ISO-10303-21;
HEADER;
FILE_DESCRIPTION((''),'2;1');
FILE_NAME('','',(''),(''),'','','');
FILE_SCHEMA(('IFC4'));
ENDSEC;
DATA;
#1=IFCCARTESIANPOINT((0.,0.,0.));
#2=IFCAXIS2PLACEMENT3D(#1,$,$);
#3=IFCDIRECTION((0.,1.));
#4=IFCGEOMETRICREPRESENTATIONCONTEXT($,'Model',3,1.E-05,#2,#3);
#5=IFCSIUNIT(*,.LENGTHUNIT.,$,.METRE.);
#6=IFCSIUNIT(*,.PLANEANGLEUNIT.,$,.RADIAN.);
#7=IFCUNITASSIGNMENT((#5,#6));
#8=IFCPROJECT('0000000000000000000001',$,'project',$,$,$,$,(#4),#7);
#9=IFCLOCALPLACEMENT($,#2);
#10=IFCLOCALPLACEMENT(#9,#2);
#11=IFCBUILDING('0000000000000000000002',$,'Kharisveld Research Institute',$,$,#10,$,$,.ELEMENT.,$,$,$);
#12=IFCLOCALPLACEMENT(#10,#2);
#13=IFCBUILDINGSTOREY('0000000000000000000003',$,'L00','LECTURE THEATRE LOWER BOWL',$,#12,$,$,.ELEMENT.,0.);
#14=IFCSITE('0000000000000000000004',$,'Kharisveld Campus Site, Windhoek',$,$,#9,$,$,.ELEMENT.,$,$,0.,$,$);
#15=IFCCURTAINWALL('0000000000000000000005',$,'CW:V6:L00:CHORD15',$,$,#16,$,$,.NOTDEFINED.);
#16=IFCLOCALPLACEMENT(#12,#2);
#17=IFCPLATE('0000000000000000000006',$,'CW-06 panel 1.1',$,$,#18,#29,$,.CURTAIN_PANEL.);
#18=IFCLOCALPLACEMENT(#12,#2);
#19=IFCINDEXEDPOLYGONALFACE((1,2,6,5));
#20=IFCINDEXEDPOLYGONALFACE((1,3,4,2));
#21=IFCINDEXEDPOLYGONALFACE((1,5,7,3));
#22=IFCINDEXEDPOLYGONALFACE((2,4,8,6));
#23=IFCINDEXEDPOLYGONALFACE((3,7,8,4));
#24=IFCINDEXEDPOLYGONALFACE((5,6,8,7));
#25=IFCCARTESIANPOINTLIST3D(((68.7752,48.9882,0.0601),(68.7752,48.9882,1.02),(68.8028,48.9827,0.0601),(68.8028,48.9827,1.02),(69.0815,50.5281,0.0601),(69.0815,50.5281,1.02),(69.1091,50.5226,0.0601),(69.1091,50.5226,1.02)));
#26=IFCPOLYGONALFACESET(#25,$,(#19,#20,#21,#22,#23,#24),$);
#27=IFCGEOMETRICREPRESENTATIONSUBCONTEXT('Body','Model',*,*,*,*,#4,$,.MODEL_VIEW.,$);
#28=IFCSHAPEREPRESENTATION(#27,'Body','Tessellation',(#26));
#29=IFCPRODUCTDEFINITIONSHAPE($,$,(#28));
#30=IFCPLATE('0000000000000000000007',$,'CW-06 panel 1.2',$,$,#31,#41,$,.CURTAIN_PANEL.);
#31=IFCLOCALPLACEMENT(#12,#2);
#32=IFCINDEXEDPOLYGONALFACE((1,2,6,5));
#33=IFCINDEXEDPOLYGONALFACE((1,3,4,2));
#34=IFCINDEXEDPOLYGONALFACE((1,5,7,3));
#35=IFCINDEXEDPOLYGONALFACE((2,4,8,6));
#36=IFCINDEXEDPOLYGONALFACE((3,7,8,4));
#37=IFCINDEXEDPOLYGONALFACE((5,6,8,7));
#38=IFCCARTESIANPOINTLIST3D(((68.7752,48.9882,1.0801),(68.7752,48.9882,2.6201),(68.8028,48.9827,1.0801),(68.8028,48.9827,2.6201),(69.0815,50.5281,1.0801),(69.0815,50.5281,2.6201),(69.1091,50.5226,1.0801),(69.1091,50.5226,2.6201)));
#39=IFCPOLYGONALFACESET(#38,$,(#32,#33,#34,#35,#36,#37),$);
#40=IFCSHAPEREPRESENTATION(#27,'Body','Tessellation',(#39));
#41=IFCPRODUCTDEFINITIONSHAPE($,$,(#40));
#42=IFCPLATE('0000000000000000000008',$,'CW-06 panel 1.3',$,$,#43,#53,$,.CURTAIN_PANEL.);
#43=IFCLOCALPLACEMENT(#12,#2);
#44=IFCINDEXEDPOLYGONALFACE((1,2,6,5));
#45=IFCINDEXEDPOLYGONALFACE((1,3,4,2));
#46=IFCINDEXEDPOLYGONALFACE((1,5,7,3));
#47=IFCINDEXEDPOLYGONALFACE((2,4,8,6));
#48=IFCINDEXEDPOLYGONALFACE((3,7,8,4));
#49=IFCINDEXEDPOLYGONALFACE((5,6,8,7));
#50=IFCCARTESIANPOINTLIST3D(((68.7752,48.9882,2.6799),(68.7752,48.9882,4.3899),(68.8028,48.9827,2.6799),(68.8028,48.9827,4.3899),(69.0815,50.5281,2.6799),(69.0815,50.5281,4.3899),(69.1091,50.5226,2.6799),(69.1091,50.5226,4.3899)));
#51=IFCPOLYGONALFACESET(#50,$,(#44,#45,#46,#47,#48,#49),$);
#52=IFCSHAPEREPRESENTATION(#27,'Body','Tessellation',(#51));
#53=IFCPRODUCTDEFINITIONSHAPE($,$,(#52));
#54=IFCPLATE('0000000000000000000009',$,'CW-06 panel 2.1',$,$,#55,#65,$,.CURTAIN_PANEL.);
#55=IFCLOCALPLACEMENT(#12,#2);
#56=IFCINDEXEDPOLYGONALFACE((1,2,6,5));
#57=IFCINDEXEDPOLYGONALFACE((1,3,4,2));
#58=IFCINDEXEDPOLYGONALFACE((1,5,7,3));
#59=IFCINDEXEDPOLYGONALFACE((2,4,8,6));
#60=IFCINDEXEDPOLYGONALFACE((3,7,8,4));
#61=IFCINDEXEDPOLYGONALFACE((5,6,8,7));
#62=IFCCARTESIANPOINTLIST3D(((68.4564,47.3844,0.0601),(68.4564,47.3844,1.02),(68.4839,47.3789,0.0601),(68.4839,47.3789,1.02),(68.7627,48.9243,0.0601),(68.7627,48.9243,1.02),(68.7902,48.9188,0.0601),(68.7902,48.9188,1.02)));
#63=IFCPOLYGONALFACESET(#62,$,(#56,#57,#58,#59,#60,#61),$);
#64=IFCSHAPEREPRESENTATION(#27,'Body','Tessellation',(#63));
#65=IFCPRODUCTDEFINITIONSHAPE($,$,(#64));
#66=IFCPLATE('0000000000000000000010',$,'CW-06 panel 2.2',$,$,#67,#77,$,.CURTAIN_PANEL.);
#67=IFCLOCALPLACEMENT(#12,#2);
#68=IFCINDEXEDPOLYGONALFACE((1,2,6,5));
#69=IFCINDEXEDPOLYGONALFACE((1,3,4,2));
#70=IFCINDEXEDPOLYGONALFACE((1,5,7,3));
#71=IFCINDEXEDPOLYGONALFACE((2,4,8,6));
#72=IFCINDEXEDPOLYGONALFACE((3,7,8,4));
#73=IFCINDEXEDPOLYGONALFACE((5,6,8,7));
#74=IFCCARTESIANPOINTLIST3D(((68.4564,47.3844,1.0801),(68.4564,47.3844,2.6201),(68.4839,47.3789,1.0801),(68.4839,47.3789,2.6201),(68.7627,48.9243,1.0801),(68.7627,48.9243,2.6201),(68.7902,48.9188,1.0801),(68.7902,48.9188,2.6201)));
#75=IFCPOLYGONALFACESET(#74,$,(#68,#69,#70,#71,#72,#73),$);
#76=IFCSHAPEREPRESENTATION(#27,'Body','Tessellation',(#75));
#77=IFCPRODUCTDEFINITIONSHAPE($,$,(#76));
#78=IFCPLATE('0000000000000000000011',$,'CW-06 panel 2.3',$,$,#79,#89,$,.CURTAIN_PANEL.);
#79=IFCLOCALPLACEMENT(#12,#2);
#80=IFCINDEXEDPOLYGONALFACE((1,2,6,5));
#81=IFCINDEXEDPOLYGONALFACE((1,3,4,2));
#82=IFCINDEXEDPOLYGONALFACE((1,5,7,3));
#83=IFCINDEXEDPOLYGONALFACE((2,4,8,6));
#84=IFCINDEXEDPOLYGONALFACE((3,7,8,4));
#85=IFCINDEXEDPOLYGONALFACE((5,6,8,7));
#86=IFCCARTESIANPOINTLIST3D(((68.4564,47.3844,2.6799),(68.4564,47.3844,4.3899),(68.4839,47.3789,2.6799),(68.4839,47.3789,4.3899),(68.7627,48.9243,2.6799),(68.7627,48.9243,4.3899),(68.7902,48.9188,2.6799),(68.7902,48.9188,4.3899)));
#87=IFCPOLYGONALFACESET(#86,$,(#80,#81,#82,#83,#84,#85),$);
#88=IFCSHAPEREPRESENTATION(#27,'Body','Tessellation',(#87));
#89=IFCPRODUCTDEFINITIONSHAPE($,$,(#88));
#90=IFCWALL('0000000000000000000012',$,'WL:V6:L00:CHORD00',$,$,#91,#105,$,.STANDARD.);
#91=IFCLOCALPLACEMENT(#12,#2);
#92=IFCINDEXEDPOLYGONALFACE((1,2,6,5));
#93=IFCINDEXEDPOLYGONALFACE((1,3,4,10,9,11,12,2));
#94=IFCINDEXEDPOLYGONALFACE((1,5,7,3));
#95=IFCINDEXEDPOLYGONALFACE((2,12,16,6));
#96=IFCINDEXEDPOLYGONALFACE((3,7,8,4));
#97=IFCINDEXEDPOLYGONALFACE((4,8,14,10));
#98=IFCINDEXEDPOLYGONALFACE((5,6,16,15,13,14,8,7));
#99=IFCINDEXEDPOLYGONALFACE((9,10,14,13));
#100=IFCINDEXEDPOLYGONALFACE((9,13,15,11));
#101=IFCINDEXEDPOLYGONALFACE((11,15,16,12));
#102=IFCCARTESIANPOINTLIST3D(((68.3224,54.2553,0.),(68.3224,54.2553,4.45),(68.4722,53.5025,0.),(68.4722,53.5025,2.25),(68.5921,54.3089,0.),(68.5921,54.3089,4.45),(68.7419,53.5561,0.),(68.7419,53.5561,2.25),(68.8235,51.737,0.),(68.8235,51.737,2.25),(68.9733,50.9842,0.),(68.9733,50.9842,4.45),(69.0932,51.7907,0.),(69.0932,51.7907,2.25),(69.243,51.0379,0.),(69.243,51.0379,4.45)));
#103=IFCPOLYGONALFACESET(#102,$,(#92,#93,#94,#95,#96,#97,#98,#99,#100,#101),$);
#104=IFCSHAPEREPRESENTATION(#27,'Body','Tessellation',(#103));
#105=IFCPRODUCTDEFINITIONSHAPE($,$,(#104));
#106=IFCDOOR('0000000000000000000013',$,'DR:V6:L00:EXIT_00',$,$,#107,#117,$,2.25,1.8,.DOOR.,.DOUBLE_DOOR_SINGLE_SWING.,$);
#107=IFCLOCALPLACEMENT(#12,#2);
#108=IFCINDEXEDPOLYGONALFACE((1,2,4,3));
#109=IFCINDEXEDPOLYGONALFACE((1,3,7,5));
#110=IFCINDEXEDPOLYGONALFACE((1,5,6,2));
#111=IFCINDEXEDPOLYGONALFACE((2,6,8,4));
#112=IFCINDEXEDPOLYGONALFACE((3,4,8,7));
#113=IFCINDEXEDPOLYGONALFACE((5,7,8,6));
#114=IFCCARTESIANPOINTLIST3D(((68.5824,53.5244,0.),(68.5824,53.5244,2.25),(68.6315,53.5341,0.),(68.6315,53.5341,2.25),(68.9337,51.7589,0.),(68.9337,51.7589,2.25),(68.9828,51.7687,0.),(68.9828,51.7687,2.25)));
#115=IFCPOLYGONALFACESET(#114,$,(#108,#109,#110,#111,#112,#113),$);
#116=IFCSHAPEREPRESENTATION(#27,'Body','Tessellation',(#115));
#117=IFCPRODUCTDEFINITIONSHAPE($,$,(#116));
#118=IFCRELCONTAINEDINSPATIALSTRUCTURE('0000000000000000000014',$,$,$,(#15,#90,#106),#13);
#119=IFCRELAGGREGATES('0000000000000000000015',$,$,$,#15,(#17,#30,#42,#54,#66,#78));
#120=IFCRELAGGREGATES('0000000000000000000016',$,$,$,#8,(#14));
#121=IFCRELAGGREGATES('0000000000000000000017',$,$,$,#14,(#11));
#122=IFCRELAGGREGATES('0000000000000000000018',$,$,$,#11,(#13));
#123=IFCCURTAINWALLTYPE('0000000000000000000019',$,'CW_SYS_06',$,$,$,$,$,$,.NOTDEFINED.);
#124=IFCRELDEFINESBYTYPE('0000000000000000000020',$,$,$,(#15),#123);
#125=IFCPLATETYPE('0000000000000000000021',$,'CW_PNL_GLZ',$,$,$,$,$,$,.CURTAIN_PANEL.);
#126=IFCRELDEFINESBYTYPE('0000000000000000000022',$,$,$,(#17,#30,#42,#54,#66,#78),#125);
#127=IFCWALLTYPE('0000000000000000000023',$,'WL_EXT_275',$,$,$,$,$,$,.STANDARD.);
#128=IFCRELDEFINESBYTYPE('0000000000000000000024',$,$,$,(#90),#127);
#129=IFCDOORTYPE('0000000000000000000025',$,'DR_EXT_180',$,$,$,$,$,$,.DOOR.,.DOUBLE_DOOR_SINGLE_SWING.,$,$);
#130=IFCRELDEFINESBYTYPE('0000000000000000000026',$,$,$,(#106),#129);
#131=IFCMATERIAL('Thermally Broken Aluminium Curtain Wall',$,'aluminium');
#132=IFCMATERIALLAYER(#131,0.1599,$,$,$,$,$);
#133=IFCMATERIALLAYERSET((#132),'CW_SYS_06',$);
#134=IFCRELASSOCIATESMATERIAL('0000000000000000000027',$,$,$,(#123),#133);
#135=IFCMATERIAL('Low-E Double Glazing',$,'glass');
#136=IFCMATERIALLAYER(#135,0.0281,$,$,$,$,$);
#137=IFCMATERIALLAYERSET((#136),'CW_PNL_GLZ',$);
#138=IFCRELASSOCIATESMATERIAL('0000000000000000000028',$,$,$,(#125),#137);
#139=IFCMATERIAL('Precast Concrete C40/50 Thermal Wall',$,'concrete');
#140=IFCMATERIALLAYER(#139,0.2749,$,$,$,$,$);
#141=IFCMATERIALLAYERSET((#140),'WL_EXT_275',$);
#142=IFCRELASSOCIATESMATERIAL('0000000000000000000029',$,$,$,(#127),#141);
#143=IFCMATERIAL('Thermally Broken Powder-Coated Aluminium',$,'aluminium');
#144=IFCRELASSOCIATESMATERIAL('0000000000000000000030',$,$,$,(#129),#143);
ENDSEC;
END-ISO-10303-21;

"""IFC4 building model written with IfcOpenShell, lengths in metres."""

from ifc_helpers import new_model, si_unit, direction, frame, frame_2d, origin, origin_2d, place, context, subcontext, project, spatial, rectangle, extrude, material, layer, layer_set, type_object, element, fill, aggregate, save


model = new_model("IFC4")

# Units and contexts
model_context = context("Model", 3, precision=1e-05, world=origin(), true_north=direction((0.0, 1.0)))
body_context = subcontext(model_context, "Body", "Model", "MODEL_VIEW")
ifc_project = project(units=[si_unit("LENGTHUNIT", "METRE"), si_unit("PLANEANGLEUNIT", "RADIAN")], contexts=[model_context])

# Site, building, storey
site_placement = place(None, origin())
site = spatial("IfcSite", under=ifc_project, at=site_placement, Name="Kharisveld Campus Site, Windhoek", CompositionType="ELEMENT", RefElevation=0.0)
building_placement = place(site_placement, origin())
building = spatial("IfcBuilding", under=site, at=building_placement, Name="Kharisveld Research Institute", CompositionType="ELEMENT")
storey_placement = place(building_placement, origin())
storey = spatial("IfcBuildingStorey", under=building, at=storey_placement, Name="L00", Description="LECTURE THEATRE LOWER BOWL", CompositionType="ELEMENT", Elevation=0.0)

# Curtain wall, plates
ifc_material_1 = material(Name="Thermally Broken Aluminium Curtain Wall", Category="aluminium")
ifc_layer_1 = layer(ifc_material_1, 0.1599)
ifc_layer_set_1 = layer_set([ifc_layer_1], Name="CW_SYS_06")
curtain_wall_type = type_object("IfcCurtainWallType", Name="CW_SYS_06", PredefinedType="NOTDEFINED", material=ifc_layer_set_1)
curtain_wall_placement = place(storey_placement, origin())
curtain_wall = element("IfcCurtainWall", 1, at=curtain_wall_placement, inside=storey, type_object=curtain_wall_type, Name="CW:V6:L00:CHORD15", PredefinedType="NOTDEFINED")
ifc_material_2 = material(Name="Low-E Double Glazing", Category="glass")
ifc_layer_2 = layer(ifc_material_2, 0.0281)
ifc_layer_set_2 = layer_set([ifc_layer_2], Name="CW_PNL_GLZ")
plate_type = type_object("IfcPlateType", Name="CW_PNL_GLZ", PredefinedType="CURTAIN_PANEL", material=ifc_layer_set_2)
plate_1_placement = place(storey_placement, frame((68.9421, 49.7554, 0.0601), z_axis=(0.0, 0.0, 1.0), x_axis=(-0.195091, -0.980785, 0.0)))
plate_1 = element("IfcPlate", 2, at=plate_1_placement, type_object=plate_type, Name="CW-06 panel 1.1", PredefinedType="CURTAIN_PANEL", context=body_context, shape_type="SweptSolid", body=[
    extrude(rectangle(XDim=1.5701, YDim=0.0281, at=origin_2d()), origin(), (0.0, 0.0, 1.0), 0.96),
])
plate_2_placement = place(storey_placement, frame((68.9421, 49.7554, 1.0801), z_axis=(0.0, 0.0, 1.0), x_axis=(-0.195091, -0.980785, 0.0)))
plate_2 = element("IfcPlate", 3, at=plate_2_placement, type_object=plate_type, Name="CW-06 panel 1.2", PredefinedType="CURTAIN_PANEL", context=body_context, shape_type="SweptSolid", body=[
    extrude(rectangle(XDim=1.5701, YDim=0.0281, at=origin_2d()), origin(), (0.0, 0.0, 1.0), 1.54),
])
plate_3_placement = place(storey_placement, frame((68.9421, 49.7554, 2.6799), z_axis=(0.0, 0.0, 1.0), x_axis=(-0.195091, -0.980785, 0.0)))
plate_3 = element("IfcPlate", 4, at=plate_3_placement, type_object=plate_type, Name="CW-06 panel 1.3", PredefinedType="CURTAIN_PANEL", context=body_context, shape_type="SweptSolid", body=[
    extrude(rectangle(XDim=1.5701, YDim=0.0281, at=origin_2d()), origin(), (0.0, 0.0, 1.0), 1.71),
])
plate_4_placement = place(storey_placement, frame((68.6233, 48.1516, 0.0601), z_axis=(0.0, 0.0, 1.0), x_axis=(-0.195091, -0.980785, 0.0)))
plate_4 = element("IfcPlate", 5, at=plate_4_placement, type_object=plate_type, Name="CW-06 panel 2.1", PredefinedType="CURTAIN_PANEL", context=body_context, shape_type="SweptSolid", body=[
    extrude(rectangle(XDim=1.5701, YDim=0.0281, at=origin_2d()), origin(), (0.0, 0.0, 1.0), 0.96),
])
plate_5_placement = place(storey_placement, frame((68.6233, 48.1516, 1.0801), z_axis=(0.0, 0.0, 1.0), x_axis=(-0.195091, -0.980785, 0.0)))
plate_5 = element("IfcPlate", 6, at=plate_5_placement, type_object=plate_type, Name="CW-06 panel 2.2", PredefinedType="CURTAIN_PANEL", context=body_context, shape_type="SweptSolid", body=[
    extrude(rectangle(XDim=1.5701, YDim=0.0281, at=origin_2d()), origin(), (0.0, 0.0, 1.0), 1.54),
])
plate_6_placement = place(storey_placement, frame((68.6233, 48.1516, 2.6799), z_axis=(0.0, 0.0, 1.0), x_axis=(-0.195091, -0.980785, 0.0)))
plate_6 = element("IfcPlate", 7, at=plate_6_placement, type_object=plate_type, Name="CW-06 panel 2.3", PredefinedType="CURTAIN_PANEL", context=body_context, shape_type="SweptSolid", body=[
    extrude(rectangle(XDim=1.5701, YDim=0.0281, at=origin_2d()), origin(), (0.0, 0.0, 1.0), 1.71),
])
aggregate(curtain_wall, [plate_1, plate_2, plate_3, plate_4, plate_5, plate_6])

# Wall, opening, door
ifc_material_3 = material(Name="Precast Concrete C40/50 Thermal Wall", Category="concrete")
ifc_layer_3 = layer(ifc_material_3, 0.2749)
ifc_layer_set_3 = layer_set([ifc_layer_3], Name="WL_EXT_275")
wall_type = type_object("IfcWallType", Name="WL_EXT_275", PredefinedType="STANDARD", material=ifc_layer_set_3)
wall_placement = place(storey_placement, frame((68.4573, 54.282, 0.0), z_axis=(0.0, 0.0, 1.0), x_axis=(0.195159, -0.980772, 0.0)))
wall = element("IfcWall", 8, at=wall_placement, inside=storey, type_object=wall_type, Name="WL:V6:L00:CHORD00", PredefinedType="STANDARD", context=body_context, shape_type="SweptSolid", body=[
    extrude(rectangle(XDim=3.3352, YDim=0.2749, at=frame_2d((1.6675, 0.0))), origin(), (0.0, 0.0, 1.0), 4.45),
])
opening_placement = place(wall_placement, frame((0.7676, 0.0, 0.0)))
opening = element("IfcOpeningElement", 9, at=opening_placement, cuts=wall, PredefinedType="OPENING", context=body_context, shape_type="SweptSolid", body=[
    extrude(rectangle(XDim=1.8, YDim=2.25, at=frame_2d((0.8999, 1.125))), frame((0.0, 0.1375, 0.0), z_axis=(0.0, -1.0, 0.0), x_axis=(1.0, 0.0, 0.0)), (0.0, 0.0, 1.0), 0.2749),
])
ifc_material_4 = material(Name="Thermally Broken Powder-Coated Aluminium", Category="aluminium")
door_type = type_object("IfcDoorType", Name="DR_EXT_180", OperationType="DOUBLE_DOOR_SINGLE_SWING", PredefinedType="DOOR", material=ifc_material_4)
door_placement = place(opening_placement, origin())
door = element("IfcDoor", 10, at=door_placement, inside=storey, type_object=door_type, Name="DR:V6:L00:EXIT_00", OperationType="DOUBLE_DOOR_SINGLE_SWING", OverallHeight=2.25, OverallWidth=1.8, PredefinedType="DOOR", context=body_context, shape_type="SweptSolid", body=[
    extrude(rectangle(XDim=1.8, YDim=2.25, at=frame_2d((0.8999, 1.125))), frame((0.0, 0.0249, 0.0), z_axis=(0.0, -1.0, 0.0), x_axis=(1.0, 0.0, 0.0)), (0.0, 0.0, 1.0), 0.05),
])
fill(opening, door)

save(model, "model.ifc")
